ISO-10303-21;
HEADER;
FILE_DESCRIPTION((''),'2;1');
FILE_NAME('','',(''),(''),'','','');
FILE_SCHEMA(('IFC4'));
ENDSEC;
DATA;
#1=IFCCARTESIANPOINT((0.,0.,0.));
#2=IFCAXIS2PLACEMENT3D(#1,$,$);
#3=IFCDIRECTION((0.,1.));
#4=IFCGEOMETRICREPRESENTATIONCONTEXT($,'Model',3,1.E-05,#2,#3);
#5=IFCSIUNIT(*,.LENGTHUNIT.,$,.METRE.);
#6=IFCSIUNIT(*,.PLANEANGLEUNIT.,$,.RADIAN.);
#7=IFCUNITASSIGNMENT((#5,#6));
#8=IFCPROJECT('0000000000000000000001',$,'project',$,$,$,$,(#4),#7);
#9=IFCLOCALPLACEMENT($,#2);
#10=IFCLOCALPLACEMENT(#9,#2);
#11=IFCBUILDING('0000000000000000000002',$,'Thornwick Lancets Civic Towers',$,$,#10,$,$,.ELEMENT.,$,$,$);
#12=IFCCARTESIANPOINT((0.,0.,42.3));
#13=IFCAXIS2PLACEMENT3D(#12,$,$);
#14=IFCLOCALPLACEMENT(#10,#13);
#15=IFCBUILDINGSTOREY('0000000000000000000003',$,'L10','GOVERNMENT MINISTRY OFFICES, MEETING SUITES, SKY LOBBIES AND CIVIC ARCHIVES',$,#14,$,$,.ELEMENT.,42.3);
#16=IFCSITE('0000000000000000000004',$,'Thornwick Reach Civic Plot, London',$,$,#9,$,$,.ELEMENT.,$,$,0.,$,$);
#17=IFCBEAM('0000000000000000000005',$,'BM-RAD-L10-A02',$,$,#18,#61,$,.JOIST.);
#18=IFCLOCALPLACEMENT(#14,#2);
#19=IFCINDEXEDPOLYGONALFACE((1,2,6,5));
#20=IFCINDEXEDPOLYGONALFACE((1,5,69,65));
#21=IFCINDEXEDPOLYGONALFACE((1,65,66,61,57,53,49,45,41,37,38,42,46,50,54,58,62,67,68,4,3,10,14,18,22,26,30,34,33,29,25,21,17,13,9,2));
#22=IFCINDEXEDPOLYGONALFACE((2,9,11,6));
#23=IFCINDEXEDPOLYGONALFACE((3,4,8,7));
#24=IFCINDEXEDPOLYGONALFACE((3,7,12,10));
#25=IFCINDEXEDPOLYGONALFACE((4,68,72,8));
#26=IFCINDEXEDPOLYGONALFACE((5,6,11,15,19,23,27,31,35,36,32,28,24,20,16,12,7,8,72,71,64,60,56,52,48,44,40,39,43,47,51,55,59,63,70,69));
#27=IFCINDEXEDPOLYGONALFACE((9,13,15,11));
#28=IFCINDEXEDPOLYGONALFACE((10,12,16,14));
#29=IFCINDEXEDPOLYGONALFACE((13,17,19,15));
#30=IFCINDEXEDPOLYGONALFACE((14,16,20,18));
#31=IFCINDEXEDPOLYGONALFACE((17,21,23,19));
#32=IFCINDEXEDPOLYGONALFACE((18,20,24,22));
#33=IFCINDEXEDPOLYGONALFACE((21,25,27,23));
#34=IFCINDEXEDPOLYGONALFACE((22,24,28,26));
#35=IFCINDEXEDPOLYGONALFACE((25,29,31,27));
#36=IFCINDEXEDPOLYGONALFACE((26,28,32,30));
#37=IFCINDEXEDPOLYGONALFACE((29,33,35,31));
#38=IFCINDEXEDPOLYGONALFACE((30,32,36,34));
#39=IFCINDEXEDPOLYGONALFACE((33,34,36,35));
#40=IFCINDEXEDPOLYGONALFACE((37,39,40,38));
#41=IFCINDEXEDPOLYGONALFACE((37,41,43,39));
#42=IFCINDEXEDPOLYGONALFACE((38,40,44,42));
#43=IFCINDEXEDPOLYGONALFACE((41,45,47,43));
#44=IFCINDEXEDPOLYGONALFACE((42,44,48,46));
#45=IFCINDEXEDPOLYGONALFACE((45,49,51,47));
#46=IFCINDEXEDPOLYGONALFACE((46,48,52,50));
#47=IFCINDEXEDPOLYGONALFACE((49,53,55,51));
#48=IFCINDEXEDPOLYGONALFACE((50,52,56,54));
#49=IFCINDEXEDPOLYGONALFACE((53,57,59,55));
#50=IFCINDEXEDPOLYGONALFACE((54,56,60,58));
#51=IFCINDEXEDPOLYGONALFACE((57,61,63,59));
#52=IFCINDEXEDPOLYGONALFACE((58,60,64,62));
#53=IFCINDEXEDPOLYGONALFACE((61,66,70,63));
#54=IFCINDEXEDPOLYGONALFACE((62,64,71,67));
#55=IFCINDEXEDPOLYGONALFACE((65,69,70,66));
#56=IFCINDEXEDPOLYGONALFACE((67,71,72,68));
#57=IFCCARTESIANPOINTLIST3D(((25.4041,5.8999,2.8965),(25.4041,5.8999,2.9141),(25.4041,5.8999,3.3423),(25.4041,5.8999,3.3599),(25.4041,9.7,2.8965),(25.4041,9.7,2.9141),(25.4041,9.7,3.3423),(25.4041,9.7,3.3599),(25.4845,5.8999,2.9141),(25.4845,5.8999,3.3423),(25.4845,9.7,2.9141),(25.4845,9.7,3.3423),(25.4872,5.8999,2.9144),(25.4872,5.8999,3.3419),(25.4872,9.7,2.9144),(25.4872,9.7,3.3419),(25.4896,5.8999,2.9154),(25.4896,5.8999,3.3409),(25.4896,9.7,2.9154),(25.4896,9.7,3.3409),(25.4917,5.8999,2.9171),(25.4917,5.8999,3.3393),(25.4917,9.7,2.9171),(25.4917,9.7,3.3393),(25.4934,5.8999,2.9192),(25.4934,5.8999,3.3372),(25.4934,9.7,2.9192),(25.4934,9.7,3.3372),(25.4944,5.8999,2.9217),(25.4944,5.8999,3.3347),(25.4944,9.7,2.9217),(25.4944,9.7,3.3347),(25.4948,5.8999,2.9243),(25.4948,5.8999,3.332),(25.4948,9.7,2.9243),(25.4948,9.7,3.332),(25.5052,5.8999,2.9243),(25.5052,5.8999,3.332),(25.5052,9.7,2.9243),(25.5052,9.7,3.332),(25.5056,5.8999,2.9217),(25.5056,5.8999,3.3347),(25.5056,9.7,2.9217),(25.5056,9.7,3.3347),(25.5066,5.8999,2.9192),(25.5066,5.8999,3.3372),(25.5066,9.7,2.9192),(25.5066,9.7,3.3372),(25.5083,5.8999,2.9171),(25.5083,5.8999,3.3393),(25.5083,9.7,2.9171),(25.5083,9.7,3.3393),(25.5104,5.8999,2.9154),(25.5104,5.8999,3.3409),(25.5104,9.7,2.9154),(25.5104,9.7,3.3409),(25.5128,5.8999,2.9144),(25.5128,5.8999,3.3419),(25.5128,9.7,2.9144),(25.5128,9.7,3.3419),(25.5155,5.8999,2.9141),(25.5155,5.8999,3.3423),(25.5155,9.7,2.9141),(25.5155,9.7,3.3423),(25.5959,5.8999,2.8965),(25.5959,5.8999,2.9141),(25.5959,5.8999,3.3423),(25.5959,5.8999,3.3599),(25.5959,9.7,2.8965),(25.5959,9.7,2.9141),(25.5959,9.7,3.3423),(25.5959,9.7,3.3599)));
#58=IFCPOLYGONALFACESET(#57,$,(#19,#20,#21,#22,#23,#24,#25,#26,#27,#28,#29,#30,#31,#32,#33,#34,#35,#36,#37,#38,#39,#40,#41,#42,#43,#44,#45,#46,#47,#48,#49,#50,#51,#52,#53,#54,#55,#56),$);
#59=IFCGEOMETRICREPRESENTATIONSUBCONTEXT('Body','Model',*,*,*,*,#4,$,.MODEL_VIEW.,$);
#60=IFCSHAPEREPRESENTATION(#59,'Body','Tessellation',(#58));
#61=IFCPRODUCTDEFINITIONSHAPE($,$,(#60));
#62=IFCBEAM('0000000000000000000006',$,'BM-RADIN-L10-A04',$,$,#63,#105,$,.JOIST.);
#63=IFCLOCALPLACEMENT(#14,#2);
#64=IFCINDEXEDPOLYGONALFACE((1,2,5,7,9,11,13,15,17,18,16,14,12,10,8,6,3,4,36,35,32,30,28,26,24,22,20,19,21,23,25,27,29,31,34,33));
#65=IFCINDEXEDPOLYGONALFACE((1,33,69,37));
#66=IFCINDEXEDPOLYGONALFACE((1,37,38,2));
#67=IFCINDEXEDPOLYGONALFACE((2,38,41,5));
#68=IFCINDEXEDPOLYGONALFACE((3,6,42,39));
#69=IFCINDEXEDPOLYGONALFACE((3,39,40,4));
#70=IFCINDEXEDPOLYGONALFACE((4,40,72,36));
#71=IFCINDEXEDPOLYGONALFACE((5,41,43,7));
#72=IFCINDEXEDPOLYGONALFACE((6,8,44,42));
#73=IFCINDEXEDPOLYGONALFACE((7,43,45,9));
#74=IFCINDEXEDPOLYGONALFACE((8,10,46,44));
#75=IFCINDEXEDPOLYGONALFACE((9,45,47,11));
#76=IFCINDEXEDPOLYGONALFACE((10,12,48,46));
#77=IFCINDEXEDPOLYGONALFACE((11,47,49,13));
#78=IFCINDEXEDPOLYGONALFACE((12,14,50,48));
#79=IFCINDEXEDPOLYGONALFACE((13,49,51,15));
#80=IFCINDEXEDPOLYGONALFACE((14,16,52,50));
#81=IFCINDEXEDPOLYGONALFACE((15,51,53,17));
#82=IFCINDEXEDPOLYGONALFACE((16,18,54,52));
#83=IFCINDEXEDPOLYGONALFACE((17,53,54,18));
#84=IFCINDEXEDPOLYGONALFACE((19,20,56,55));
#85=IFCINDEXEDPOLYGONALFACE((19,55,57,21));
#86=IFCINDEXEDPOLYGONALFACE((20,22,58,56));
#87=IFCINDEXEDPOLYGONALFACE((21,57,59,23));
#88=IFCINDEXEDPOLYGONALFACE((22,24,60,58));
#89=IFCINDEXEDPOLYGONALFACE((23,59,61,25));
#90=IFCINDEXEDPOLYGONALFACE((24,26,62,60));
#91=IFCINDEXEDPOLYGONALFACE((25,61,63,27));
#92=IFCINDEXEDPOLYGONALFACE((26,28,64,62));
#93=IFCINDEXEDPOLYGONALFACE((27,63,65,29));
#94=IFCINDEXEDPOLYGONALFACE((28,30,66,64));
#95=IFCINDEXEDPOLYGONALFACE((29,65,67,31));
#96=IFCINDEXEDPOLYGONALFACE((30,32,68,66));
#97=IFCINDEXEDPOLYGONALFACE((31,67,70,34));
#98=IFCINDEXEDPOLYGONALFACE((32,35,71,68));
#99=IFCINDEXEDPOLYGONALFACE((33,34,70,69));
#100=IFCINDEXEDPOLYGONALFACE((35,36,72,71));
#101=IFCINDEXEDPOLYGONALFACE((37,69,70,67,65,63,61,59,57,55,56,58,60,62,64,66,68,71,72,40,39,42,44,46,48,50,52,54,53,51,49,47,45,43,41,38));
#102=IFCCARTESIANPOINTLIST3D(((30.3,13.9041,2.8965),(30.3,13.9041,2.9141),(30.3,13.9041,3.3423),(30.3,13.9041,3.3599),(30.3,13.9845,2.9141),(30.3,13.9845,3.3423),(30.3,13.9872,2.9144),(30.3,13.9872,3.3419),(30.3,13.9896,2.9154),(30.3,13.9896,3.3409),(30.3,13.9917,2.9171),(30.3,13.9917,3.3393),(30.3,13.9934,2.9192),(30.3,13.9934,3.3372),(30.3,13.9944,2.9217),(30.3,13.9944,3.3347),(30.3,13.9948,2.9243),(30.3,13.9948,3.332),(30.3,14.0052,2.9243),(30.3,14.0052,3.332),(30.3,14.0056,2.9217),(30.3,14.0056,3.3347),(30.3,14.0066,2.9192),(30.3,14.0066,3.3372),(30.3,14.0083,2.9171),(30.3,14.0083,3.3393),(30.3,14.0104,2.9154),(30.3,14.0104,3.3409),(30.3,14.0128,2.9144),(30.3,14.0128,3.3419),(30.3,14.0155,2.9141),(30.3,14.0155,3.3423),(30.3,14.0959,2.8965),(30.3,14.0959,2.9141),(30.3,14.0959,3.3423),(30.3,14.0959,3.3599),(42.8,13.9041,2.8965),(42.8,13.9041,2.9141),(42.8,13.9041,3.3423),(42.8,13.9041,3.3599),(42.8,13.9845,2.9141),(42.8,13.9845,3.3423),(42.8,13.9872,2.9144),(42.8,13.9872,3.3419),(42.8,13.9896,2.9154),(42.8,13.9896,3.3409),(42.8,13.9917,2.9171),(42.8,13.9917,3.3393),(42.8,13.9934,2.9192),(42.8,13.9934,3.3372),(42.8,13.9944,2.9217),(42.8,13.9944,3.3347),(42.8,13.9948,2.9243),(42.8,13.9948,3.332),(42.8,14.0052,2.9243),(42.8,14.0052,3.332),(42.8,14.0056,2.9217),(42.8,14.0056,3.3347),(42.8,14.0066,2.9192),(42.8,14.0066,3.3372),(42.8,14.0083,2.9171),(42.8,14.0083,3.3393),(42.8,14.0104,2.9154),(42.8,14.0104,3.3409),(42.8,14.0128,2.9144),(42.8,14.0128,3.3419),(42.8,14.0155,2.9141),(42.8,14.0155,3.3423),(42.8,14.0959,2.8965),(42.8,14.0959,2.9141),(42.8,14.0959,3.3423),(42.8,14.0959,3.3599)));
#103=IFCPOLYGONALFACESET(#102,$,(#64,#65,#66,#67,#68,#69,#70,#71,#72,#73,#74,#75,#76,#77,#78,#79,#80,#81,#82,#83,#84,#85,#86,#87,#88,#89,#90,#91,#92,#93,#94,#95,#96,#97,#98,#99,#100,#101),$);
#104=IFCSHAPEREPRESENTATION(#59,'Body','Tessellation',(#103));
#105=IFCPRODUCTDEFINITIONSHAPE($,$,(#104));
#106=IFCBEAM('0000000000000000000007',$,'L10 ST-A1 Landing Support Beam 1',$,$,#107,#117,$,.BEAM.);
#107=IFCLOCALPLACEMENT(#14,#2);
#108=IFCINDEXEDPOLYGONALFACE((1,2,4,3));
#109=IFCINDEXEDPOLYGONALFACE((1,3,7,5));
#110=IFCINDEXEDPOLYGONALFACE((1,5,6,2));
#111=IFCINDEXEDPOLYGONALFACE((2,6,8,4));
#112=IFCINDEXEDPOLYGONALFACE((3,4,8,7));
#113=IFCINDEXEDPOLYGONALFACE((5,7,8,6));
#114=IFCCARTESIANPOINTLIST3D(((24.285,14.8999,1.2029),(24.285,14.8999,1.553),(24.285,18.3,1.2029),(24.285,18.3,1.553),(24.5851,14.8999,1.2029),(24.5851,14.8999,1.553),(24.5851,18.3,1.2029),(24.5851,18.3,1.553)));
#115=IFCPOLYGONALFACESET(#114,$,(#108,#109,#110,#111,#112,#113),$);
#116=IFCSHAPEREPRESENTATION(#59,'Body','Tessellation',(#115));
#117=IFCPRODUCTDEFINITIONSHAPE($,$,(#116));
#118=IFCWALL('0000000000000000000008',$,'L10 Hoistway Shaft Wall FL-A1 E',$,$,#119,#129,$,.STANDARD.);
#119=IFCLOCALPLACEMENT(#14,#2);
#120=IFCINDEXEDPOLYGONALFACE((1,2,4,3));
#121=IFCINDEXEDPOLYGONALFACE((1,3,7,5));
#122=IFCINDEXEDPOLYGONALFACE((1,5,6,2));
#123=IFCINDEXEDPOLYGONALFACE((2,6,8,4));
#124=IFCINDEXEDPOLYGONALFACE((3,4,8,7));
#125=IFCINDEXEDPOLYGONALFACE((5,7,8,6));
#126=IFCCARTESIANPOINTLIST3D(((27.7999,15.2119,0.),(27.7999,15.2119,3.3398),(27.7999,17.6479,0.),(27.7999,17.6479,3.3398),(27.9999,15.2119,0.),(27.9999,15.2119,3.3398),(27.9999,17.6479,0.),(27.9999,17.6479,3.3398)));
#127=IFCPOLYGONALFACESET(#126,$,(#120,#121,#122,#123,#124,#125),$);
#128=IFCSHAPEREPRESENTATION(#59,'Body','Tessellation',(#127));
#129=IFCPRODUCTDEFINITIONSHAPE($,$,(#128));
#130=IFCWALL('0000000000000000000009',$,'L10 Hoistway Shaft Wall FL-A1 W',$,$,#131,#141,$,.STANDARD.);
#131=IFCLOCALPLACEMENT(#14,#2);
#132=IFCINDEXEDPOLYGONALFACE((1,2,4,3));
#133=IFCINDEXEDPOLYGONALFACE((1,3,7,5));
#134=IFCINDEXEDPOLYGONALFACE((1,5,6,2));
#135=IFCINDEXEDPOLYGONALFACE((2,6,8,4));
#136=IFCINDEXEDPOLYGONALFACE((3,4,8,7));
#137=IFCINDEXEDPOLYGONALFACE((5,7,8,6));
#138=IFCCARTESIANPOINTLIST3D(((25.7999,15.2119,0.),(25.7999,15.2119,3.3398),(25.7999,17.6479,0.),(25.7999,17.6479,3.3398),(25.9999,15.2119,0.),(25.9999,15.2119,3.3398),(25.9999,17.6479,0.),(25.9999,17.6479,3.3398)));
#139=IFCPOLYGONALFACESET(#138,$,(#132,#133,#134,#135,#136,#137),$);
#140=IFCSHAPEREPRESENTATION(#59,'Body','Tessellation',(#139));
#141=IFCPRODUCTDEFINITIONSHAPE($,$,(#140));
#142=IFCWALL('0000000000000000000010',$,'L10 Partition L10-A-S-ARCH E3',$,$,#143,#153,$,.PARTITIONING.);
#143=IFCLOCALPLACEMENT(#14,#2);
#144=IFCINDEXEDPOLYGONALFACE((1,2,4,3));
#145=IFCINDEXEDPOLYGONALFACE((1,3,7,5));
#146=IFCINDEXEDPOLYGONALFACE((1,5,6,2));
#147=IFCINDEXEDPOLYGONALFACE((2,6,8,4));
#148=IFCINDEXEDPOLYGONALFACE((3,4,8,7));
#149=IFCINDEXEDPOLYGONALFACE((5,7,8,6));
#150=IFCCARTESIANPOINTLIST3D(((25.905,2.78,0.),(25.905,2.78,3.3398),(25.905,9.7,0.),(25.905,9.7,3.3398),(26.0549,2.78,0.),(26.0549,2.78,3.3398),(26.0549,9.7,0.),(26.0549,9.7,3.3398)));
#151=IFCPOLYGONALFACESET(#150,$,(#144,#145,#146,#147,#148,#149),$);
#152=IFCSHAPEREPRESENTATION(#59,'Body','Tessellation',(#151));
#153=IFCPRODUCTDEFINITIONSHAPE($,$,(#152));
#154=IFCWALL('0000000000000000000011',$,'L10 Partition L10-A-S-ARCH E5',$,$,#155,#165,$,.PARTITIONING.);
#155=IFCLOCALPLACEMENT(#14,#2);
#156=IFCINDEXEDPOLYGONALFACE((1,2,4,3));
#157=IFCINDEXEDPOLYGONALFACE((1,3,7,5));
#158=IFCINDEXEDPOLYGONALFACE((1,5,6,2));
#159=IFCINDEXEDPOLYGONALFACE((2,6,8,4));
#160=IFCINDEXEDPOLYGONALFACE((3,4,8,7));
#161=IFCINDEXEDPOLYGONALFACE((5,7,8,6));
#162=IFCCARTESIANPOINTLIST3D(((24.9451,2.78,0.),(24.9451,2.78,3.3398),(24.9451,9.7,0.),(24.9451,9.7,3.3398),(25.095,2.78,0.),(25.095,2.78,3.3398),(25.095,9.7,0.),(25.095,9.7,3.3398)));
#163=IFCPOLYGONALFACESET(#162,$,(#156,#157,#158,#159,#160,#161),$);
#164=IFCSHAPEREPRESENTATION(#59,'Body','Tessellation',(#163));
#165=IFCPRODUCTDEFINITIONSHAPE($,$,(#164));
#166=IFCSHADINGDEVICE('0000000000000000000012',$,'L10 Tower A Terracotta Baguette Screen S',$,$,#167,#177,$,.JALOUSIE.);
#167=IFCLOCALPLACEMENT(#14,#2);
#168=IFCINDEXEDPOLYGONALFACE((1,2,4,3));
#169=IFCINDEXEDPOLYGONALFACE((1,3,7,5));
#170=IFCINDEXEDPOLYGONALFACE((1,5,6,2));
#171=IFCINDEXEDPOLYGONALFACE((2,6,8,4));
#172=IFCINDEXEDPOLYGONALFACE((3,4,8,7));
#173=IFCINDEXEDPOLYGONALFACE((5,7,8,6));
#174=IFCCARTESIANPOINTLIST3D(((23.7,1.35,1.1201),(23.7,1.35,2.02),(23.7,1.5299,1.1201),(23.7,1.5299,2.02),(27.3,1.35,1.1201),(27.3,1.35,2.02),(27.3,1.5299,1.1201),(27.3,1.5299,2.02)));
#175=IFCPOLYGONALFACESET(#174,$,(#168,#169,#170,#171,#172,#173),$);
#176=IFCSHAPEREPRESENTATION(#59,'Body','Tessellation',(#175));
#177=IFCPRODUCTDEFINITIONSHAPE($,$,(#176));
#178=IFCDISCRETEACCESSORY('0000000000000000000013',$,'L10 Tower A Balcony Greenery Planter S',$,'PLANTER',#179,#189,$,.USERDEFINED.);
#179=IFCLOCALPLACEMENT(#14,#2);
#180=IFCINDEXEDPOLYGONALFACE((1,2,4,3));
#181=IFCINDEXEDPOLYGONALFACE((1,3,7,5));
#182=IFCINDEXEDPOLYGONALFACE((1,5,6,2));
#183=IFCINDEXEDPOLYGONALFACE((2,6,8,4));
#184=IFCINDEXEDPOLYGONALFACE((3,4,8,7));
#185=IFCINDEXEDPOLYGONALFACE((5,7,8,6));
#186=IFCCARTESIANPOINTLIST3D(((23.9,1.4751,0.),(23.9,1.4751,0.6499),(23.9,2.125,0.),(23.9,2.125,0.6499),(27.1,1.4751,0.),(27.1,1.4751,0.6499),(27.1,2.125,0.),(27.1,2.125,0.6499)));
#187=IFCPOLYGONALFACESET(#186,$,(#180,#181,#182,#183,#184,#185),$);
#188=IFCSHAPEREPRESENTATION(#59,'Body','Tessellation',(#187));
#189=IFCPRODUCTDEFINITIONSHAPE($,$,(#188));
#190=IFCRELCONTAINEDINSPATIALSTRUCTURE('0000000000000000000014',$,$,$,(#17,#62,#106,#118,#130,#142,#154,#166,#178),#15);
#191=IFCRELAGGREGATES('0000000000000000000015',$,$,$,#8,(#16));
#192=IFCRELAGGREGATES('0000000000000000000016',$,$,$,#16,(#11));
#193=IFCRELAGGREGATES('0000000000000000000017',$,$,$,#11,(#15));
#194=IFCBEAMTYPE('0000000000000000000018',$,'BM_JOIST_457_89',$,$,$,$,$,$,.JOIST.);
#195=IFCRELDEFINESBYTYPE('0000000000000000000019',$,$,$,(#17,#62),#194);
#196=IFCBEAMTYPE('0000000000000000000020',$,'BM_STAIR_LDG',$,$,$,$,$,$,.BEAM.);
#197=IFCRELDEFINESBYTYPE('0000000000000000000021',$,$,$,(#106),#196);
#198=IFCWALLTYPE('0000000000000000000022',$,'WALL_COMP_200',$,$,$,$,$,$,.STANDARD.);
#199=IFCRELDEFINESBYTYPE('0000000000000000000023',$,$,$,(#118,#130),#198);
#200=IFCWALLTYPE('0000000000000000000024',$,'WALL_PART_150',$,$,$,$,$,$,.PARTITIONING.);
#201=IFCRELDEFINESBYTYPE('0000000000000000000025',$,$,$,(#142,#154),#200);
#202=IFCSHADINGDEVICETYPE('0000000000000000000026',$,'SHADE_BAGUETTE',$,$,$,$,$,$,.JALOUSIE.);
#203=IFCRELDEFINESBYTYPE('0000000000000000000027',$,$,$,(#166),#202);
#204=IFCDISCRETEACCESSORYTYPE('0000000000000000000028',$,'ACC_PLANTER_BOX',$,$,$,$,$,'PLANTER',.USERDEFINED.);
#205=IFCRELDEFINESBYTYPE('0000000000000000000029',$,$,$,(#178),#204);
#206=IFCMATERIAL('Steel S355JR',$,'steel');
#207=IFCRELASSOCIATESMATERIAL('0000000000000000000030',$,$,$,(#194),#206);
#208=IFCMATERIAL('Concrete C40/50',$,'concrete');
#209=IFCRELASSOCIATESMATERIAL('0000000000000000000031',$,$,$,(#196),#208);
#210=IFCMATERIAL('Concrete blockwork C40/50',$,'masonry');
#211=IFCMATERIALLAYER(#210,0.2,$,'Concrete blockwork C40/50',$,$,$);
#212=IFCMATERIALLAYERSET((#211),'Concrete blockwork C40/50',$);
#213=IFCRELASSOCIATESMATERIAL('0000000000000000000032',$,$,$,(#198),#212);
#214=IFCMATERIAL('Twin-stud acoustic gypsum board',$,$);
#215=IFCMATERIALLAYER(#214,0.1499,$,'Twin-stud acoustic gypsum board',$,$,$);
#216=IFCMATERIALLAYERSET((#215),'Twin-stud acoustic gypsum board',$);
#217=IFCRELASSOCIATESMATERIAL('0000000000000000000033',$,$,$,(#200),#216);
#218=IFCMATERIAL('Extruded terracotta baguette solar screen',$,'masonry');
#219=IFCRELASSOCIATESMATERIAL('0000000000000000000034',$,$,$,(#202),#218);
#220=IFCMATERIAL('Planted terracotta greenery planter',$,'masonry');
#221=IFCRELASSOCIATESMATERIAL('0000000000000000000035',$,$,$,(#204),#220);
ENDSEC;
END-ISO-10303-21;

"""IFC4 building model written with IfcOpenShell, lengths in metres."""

from ifc_helpers import new_model, si_unit, direction, frame, frame_2d, origin, origin_2d, place, context, subcontext, project, spatial, rectangle, i_section, extrude, material, layer, layer_set, material_profile, profile_set, type_object, element, save


model = new_model("IFC4")

# Units and contexts
model_context = context("Model", 3, precision=1e-05, world=origin(), true_north=direction((0.0, 1.0)))
body_context = subcontext(model_context, "Body", "Model", "MODEL_VIEW")
ifc_project = project(units=[si_unit("LENGTHUNIT", "METRE"), si_unit("PLANEANGLEUNIT", "RADIAN")], contexts=[model_context])

# Site, building, storey
site_placement = place(None, origin())
site = spatial("IfcSite", under=ifc_project, at=site_placement, Name="Thornwick Reach Civic Plot, London", CompositionType="ELEMENT", RefElevation=0.0)
building_placement = place(site_placement, origin())
building = spatial("IfcBuilding", under=site, at=building_placement, Name="Thornwick Lancets Civic Towers", CompositionType="ELEMENT")
storey_placement = place(building_placement, frame((0.0, 0.0, 42.3)))
storey = spatial("IfcBuildingStorey", under=building, at=storey_placement, Name="L10", Description="GOVERNMENT MINISTRY OFFICES, MEETING SUITES, SKY LOBBIES AND CIVIC ARCHIVES", CompositionType="ELEMENT", Elevation=42.3)

# Beams
ifc_material_1 = material(Name="Steel S355JR", Category="steel")
ifc_material_profile_1 = material_profile(ifc_material_1, i_section(OverallWidth=0.1919, OverallDepth=0.4634, WebThickness=0.0105, FlangeThickness=0.0176, FilletRadius=0.0103, at=origin_2d()), Name="UKB 457x191x89")
ifc_profile_set_1 = profile_set([ifc_material_profile_1], Name="Steel S355JR")
beam_type_1 = type_object("IfcBeamType", Name="BM_JOIST_457_89", PredefinedType="JOIST", material=ifc_profile_set_1)
beam_1_placement = place(storey_placement, frame((25.5, 9.7, 3.1282), z_axis=(0.0, -1.0, 0.0), x_axis=(1.0, 0.0, 0.0)))
element("IfcBeam", 1, at=beam_1_placement, inside=storey, type_object=beam_type_1, Name="BM-RAD-L10-A02", PredefinedType="JOIST", context=body_context, shape_type="SweptSolid", body=[
    extrude(i_section(OverallWidth=0.1919, OverallDepth=0.4634, WebThickness=0.0105, FlangeThickness=0.0176, FilletRadius=0.0103, at=origin_2d()), origin(), (0.0, 0.0, 1.0), 3.8),
])
beam_2_placement = place(storey_placement, frame((30.3, 14.0, 3.1282), z_axis=(1.0, 0.0, 0.0), x_axis=(0.0, 1.0, 0.0)))
element("IfcBeam", 2, at=beam_2_placement, inside=storey, type_object=beam_type_1, Name="BM-RADIN-L10-A04", PredefinedType="JOIST", context=body_context, shape_type="SweptSolid", body=[
    extrude(i_section(OverallWidth=0.1919, OverallDepth=0.4634, WebThickness=0.0105, FlangeThickness=0.0176, FilletRadius=0.0103, at=origin_2d()), origin(), (0.0, 0.0, 1.0), 12.5),
])
ifc_material_2 = material(Name="Concrete C40/50", Category="concrete")
ifc_material_profile_2 = material_profile(ifc_material_2, rectangle(XDim=0.3, YDim=0.3501, at=origin_2d()), Name="RC 300x350")
ifc_profile_set_2 = profile_set([ifc_material_profile_2], Name="Concrete C40/50")
beam_type_2 = type_object("IfcBeamType", Name="BM_STAIR_LDG", PredefinedType="BEAM", material=ifc_profile_set_2)
beam_3_placement = place(storey_placement, frame((24.4351, 14.8999, 1.3779), z_axis=(0.0, 1.0, 0.0), x_axis=(-1.0, 0.0, 0.0)))
element("IfcBeam", 3, at=beam_3_placement, inside=storey, type_object=beam_type_2, Name="L10 ST-A1 Landing Support Beam 1", PredefinedType="BEAM", context=body_context, shape_type="SweptSolid", body=[
    extrude(rectangle(XDim=0.3, YDim=0.3501, at=origin_2d()), origin(), (0.0, 0.0, 1.0), 3.4001),
])

# Walls
ifc_material_3 = material(Name="Concrete blockwork C40/50", Category="masonry")
ifc_layer_1 = layer(ifc_material_3, 0.2, Name="Concrete blockwork C40/50")
ifc_layer_set_1 = layer_set([ifc_layer_1], Name="Concrete blockwork C40/50")
wall_type_1 = type_object("IfcWallType", Name="WALL_COMP_200", PredefinedType="STANDARD", material=ifc_layer_set_1)
for number, where, z_axis, x_axis, name in (
    (4, (27.8999, 15.2119, 0.0), (0.0, 0.0, 1.0), (0.0, 1.0, 0.0), "L10 Hoistway Shaft Wall FL-A1 E"),
    (5, (25.8999, 15.2119, 0.0), (0.0, 0.0, 1.0), (0.0, 1.0, 0.0), "L10 Hoistway Shaft Wall FL-A1 W"),
):
    element("IfcWall", number, at=place(storey_placement, frame(where, z_axis=z_axis, x_axis=x_axis)), inside=storey, type_object=wall_type_1, Name=name, PredefinedType="STANDARD", context=body_context, shape_type="SweptSolid", body=[
        extrude(rectangle(XDim=2.436, YDim=0.2, at=frame_2d((1.218, 0.0))), origin(), (0.0, 0.0, 1.0), 3.3398),
    ])
ifc_material_4 = material(Name="Twin-stud acoustic gypsum board")
ifc_layer_2 = layer(ifc_material_4, 0.1499, Name="Twin-stud acoustic gypsum board")
ifc_layer_set_2 = layer_set([ifc_layer_2], Name="Twin-stud acoustic gypsum board")
wall_type_2 = type_object("IfcWallType", Name="WALL_PART_150", PredefinedType="PARTITIONING", material=ifc_layer_set_2)
for number, where, z_axis, x_axis, name in (
    (6, (25.98, 2.78, 0.0), (0.0, 0.0, 1.0), (0.0, 1.0, 0.0), "L10 Partition L10-A-S-ARCH E3"),
    (7, (25.02, 9.7, 0.0), (0.0, 0.0, 1.0), (0.0, -1.0, 0.0), "L10 Partition L10-A-S-ARCH E5"),
):
    element("IfcWall", number, at=place(storey_placement, frame(where, z_axis=z_axis, x_axis=x_axis)), inside=storey, type_object=wall_type_2, Name=name, PredefinedType="PARTITIONING", context=body_context, shape_type="SweptSolid", body=[
        extrude(rectangle(XDim=6.9199, YDim=0.1499, at=frame_2d((3.46, 0.0))), origin(), (0.0, 0.0, 1.0), 3.3398),
    ])

# Shading device
ifc_material_5 = material(Name="Extruded terracotta baguette solar screen", Category="masonry")
shading_device_type = type_object("IfcShadingDeviceType", Name="SHADE_BAGUETTE", PredefinedType="JALOUSIE", material=ifc_material_5)
shading_device_placement = place(storey_placement, frame((25.5, 1.4399, 1.1201), z_axis=(0.0, 0.0, 1.0), x_axis=(1.0, 0.0, 0.0)))
element("IfcShadingDevice", 8, at=shading_device_placement, inside=storey, type_object=shading_device_type, Name="L10 Tower A Terracotta Baguette Screen S", PredefinedType="JALOUSIE", context=body_context, shape_type="SweptSolid", body=[
    extrude(rectangle(XDim=3.6001, YDim=0.1799, at=origin_2d()), origin(), (0.0, 0.0, 1.0), 0.8999),
])

# Discrete accessory
ifc_material_6 = material(Name="Planted terracotta greenery planter", Category="masonry")
discrete_accessory_type_1 = type_object("IfcDiscreteAccessoryType", Name="ACC_PLANTER_BOX", ElementType="PLANTER", PredefinedType="USERDEFINED", material=ifc_material_6)
discrete_accessory_1_placement = place(storey_placement, frame((25.5, 1.8, 0.0), z_axis=(0.0, 0.0, 1.0), x_axis=(1.0, 0.0, 0.0)))
element("IfcDiscreteAccessory", 9, at=discrete_accessory_1_placement, inside=storey, type_object=discrete_accessory_type_1, Name="L10 Tower A Balcony Greenery Planter S", ObjectType="PLANTER", PredefinedType="USERDEFINED", context=body_context, shape_type="SweptSolid", body=[
    extrude(rectangle(XDim=3.2, YDim=0.6499, at=origin_2d()), origin(), (0.0, 0.0, 1.0), 0.6499),
])

save(model, "model.ifc")
